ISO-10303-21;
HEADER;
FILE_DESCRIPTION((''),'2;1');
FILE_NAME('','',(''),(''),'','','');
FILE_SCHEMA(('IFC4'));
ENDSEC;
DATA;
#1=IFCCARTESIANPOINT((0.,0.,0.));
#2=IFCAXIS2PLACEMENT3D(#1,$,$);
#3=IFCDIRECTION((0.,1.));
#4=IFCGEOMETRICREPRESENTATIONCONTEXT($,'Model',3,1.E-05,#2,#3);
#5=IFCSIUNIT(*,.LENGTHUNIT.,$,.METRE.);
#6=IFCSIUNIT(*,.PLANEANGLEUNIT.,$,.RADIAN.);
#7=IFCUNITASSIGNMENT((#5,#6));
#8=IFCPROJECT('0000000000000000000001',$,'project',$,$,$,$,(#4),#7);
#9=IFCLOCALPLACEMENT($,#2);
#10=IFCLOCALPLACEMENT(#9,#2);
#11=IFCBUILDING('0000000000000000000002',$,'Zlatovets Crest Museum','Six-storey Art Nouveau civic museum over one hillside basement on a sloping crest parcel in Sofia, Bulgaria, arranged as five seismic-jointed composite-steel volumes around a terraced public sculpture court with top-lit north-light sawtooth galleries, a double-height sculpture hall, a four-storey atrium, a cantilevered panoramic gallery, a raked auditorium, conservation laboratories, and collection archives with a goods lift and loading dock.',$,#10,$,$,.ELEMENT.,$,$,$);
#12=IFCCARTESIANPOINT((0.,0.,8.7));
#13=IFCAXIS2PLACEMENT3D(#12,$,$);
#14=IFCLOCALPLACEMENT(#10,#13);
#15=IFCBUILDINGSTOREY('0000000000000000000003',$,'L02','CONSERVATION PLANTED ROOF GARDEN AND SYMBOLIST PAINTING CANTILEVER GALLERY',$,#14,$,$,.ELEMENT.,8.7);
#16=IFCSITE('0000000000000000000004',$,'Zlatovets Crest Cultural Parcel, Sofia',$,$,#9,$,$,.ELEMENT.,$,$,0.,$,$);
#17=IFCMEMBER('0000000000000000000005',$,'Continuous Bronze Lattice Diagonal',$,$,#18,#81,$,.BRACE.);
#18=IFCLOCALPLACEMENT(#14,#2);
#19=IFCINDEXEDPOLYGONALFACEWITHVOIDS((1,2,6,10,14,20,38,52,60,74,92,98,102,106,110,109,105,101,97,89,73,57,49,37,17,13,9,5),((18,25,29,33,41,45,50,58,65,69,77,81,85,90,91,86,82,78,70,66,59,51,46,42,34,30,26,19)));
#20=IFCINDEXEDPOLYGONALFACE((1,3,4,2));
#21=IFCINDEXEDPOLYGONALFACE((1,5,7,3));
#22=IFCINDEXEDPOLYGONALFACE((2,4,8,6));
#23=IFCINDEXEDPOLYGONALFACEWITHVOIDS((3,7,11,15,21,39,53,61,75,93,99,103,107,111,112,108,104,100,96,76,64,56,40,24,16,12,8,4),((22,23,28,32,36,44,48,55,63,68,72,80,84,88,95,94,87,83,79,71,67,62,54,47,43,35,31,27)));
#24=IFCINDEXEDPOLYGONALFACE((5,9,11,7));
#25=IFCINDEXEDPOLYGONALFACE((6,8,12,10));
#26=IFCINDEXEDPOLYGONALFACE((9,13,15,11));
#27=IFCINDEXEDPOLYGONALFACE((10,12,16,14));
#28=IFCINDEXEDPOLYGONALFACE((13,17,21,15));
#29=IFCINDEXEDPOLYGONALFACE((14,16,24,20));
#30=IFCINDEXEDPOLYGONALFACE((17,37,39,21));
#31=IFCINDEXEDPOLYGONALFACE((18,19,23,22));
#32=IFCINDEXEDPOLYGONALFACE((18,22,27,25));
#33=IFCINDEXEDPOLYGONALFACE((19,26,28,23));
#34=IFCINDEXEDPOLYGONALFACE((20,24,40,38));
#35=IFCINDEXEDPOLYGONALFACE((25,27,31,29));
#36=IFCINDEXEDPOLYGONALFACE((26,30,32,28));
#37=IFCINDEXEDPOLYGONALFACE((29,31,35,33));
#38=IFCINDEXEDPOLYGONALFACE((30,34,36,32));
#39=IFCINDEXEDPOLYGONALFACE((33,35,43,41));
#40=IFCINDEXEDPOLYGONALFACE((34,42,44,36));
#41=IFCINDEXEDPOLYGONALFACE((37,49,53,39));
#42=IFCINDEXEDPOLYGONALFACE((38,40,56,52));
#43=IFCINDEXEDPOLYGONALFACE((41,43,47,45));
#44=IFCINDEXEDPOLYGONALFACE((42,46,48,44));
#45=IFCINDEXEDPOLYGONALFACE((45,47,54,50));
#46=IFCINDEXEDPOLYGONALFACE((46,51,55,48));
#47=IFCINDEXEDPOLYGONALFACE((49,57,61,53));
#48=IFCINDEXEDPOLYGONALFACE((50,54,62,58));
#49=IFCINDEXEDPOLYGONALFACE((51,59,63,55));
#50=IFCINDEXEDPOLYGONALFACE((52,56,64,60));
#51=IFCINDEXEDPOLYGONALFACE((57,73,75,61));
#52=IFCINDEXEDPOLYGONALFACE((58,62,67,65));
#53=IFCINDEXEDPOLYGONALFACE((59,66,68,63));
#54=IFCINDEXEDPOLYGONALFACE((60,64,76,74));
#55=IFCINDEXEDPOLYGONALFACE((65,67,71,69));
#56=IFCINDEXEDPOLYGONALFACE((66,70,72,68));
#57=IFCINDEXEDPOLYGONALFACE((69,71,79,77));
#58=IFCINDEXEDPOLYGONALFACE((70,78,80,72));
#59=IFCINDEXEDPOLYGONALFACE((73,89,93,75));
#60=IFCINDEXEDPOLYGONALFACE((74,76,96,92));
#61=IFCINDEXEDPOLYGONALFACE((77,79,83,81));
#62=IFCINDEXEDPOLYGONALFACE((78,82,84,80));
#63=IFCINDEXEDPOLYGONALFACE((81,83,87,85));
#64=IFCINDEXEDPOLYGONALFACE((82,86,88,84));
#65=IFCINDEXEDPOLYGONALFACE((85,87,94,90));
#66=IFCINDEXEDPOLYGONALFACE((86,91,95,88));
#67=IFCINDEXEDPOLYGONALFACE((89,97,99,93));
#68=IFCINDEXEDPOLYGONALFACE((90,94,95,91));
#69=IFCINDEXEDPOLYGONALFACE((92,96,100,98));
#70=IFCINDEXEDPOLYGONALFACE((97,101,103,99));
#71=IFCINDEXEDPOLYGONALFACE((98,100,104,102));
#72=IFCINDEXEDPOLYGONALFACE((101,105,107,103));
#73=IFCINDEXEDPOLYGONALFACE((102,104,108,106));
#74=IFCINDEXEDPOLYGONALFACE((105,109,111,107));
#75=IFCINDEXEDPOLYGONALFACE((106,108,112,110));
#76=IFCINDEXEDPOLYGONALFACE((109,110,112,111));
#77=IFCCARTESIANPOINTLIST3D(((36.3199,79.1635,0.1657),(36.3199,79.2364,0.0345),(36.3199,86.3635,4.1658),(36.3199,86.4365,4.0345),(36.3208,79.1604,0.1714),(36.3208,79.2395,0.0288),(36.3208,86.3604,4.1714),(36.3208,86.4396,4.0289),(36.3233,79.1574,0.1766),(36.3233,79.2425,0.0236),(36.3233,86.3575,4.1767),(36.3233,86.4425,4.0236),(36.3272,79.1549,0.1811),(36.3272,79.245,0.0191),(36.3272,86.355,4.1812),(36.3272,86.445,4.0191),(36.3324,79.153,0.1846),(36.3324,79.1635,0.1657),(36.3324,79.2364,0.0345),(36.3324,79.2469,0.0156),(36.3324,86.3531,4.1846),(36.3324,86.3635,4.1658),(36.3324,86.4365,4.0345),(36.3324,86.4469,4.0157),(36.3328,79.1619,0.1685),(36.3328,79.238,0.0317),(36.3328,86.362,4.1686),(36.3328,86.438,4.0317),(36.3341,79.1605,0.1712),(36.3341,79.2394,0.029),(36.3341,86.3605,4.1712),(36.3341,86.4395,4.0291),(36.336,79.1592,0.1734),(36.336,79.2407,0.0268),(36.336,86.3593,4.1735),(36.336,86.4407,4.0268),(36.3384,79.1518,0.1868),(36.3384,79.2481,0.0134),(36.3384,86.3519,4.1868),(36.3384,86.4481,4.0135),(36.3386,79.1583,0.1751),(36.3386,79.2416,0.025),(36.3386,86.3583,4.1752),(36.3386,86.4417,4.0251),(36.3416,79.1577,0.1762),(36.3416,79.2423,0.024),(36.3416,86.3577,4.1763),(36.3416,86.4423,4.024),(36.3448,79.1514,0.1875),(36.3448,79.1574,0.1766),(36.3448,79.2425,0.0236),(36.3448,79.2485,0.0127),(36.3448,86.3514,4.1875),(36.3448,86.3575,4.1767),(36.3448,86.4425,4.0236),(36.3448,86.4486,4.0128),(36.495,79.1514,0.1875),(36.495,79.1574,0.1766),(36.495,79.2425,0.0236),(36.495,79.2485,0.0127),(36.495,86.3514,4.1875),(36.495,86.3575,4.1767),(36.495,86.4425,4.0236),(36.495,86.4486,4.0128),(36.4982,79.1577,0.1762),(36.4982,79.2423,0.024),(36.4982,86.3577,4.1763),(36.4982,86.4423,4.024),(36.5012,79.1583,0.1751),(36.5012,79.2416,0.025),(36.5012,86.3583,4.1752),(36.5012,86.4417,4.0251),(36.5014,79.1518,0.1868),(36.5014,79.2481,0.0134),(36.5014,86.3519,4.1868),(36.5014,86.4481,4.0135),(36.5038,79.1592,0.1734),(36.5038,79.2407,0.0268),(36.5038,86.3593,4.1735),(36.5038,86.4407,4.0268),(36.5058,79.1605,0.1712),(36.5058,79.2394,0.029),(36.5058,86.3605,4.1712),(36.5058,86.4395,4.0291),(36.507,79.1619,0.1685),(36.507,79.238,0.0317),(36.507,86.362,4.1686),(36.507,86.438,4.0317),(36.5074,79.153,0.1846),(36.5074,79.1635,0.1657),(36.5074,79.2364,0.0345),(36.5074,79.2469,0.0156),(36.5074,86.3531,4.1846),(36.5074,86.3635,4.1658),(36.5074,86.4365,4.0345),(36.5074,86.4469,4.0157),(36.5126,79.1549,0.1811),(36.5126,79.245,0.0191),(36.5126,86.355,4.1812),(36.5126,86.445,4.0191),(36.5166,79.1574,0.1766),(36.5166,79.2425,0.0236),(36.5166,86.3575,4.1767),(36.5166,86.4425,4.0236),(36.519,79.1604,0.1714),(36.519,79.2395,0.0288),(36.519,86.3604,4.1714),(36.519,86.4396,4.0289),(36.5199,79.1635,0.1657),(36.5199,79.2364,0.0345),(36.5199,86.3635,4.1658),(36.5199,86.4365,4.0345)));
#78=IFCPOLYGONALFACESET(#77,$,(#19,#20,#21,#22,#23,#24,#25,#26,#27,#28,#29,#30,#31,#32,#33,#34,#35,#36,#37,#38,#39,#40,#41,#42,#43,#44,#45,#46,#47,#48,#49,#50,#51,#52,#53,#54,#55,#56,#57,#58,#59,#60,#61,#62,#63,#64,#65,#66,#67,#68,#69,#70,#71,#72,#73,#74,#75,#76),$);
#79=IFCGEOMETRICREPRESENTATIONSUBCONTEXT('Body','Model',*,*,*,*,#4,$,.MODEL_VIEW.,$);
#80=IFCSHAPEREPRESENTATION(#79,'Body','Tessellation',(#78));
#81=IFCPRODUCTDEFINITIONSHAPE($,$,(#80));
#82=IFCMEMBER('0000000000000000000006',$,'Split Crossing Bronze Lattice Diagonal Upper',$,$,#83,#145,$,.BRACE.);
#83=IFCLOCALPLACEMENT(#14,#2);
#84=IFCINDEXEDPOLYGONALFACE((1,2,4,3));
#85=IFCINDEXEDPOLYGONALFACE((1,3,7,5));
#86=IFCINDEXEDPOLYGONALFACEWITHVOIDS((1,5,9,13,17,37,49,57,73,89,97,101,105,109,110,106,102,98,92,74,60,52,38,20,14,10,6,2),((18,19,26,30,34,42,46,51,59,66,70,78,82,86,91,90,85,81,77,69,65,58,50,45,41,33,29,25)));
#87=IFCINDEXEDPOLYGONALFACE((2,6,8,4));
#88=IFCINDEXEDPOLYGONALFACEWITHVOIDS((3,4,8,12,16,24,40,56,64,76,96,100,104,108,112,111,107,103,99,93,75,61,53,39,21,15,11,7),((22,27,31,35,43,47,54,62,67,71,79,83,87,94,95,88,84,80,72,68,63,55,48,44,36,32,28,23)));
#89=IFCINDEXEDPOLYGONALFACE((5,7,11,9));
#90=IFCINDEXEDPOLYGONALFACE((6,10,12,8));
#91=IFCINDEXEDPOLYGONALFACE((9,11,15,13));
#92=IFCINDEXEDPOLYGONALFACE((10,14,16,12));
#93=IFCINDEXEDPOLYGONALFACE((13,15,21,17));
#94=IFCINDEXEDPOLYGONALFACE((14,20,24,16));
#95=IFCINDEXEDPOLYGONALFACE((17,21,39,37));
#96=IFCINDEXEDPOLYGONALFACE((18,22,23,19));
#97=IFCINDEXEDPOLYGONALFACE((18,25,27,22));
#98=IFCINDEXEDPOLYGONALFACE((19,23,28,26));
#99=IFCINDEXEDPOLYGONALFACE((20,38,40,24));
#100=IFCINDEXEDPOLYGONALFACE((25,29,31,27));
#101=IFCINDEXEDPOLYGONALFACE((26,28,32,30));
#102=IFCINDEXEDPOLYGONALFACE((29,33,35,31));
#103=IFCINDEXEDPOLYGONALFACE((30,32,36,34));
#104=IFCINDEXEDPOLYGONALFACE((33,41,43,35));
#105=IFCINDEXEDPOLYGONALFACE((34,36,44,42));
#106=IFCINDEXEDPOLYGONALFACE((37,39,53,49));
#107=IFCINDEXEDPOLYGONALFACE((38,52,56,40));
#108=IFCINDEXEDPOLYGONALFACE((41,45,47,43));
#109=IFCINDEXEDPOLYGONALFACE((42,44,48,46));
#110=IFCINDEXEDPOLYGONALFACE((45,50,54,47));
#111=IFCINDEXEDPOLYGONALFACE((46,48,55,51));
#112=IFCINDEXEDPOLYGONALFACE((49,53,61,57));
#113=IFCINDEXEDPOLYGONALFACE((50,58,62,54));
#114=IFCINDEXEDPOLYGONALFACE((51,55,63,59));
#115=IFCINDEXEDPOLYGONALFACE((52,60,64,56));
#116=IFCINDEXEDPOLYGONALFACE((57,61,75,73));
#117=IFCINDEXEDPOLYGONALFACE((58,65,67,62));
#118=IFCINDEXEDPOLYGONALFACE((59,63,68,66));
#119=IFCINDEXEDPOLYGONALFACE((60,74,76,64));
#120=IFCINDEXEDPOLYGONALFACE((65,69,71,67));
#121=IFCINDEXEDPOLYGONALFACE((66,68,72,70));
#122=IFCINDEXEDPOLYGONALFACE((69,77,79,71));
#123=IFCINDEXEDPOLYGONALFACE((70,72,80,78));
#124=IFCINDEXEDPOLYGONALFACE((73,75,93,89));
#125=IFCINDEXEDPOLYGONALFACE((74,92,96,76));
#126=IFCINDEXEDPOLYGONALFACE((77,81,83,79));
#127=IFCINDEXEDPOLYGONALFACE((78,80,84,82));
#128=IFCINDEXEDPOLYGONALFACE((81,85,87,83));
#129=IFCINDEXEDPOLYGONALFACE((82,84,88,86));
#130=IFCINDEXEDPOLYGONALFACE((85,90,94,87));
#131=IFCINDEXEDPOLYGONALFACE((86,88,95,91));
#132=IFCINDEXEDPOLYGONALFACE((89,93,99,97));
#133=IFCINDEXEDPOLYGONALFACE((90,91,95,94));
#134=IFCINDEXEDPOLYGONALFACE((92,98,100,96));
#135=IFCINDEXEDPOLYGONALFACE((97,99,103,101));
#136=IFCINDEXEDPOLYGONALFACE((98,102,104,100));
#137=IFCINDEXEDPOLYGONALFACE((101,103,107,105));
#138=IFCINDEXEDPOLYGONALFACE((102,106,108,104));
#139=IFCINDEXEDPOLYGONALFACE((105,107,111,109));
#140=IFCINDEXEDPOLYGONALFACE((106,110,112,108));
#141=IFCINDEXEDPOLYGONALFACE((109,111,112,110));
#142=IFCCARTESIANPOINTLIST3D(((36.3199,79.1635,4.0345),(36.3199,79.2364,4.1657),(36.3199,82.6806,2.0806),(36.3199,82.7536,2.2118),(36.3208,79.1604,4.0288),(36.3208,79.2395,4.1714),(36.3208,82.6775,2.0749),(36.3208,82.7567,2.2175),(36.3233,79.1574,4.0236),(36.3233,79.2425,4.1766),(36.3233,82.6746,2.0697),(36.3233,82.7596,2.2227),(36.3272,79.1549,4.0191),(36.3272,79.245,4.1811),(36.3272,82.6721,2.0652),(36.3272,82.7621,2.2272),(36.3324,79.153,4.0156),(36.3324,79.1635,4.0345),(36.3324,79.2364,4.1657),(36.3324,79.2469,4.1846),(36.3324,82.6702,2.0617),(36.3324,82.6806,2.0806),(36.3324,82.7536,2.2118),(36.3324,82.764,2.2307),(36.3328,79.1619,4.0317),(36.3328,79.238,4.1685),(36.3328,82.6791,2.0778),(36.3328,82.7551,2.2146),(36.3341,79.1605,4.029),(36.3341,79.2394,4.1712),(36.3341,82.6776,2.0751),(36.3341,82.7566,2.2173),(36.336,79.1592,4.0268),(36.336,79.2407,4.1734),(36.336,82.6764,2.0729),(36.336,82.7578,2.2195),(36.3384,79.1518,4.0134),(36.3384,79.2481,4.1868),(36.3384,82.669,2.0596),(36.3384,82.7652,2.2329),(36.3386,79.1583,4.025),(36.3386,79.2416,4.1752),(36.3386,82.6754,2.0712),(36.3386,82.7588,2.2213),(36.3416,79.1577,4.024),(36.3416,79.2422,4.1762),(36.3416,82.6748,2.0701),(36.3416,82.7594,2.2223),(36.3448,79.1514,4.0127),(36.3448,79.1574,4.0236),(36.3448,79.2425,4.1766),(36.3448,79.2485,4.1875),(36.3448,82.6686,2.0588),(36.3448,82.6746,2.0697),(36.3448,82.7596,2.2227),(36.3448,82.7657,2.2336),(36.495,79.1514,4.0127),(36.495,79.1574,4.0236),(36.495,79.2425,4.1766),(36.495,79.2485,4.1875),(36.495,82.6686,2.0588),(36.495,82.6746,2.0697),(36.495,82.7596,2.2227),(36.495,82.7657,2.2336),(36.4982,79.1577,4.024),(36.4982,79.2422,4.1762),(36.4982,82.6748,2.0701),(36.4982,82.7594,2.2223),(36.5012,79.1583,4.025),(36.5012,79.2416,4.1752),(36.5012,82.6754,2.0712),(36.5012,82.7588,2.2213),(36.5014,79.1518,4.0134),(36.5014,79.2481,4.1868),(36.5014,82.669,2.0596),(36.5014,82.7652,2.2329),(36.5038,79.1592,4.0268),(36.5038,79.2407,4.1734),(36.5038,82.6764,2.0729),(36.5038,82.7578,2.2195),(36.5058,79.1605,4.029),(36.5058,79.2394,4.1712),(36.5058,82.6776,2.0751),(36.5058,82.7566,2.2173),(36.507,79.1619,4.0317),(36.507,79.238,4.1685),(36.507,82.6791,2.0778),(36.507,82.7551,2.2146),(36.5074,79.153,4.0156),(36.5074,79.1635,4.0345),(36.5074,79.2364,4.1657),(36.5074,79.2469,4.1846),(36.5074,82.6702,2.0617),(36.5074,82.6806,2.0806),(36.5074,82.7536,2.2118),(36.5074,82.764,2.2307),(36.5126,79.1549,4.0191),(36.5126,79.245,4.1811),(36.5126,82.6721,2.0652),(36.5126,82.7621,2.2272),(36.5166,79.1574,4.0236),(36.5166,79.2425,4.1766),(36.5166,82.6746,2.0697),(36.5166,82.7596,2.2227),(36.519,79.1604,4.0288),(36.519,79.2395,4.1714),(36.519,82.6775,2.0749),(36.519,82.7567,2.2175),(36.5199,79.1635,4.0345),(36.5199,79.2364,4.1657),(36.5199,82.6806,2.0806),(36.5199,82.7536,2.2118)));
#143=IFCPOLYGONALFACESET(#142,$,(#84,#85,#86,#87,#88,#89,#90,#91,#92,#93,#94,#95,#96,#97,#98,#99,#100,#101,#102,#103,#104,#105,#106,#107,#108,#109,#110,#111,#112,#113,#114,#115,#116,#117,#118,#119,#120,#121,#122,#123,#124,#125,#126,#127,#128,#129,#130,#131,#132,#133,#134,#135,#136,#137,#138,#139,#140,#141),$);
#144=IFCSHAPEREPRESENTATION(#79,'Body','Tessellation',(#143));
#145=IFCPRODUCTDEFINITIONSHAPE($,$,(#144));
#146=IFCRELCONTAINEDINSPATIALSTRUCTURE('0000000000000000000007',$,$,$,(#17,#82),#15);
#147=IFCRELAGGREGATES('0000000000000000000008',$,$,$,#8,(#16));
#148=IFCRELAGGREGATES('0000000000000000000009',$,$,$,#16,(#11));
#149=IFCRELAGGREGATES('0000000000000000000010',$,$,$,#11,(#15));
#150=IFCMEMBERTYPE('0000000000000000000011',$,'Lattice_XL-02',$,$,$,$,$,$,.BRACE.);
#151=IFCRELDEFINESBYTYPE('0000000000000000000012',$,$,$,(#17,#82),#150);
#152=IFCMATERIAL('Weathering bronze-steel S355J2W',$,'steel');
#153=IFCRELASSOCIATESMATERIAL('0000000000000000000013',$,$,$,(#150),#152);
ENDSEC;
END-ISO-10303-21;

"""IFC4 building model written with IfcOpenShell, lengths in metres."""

from ifc_helpers import new_model, si_unit, direction, frame, origin, origin_2d, place, context, subcontext, project, spatial, hollow_rectangle, extrude, material, material_profile, profile_set, type_object, element, save


model = new_model("IFC4")

# Units and contexts
model_context = context("Model", 3, precision=1e-05, world=origin(), true_north=direction((0.0, 1.0)))
body_context = subcontext(model_context, "Body", "Model", "MODEL_VIEW")
ifc_project = project(units=[si_unit("LENGTHUNIT", "METRE"), si_unit("PLANEANGLEUNIT", "RADIAN")], contexts=[model_context])

# Site, building, storey
site_placement = place(None, origin())
site = spatial("IfcSite", under=ifc_project, at=site_placement, Name="Zlatovets Crest Cultural Parcel, Sofia", CompositionType="ELEMENT", RefElevation=0.0)
building_placement = place(site_placement, origin())
building = spatial("IfcBuilding", under=site, at=building_placement, Name="Zlatovets Crest Museum", Description="Six-storey Art Nouveau civic museum over one hillside basement on a sloping crest parcel in Sofia, Bulgaria, arranged as five seismic-jointed composite-steel volumes around a terraced public sculpture court with top-lit north-light sawtooth galleries, a double-height sculpture hall, a four-storey atrium, a cantilevered panoramic gallery, a raked auditorium, conservation laboratories, and collection archives with a goods lift and loading dock.", CompositionType="ELEMENT")
storey_placement = place(building_placement, frame((0.0, 0.0, 8.7)))
storey = spatial("IfcBuildingStorey", under=building, at=storey_placement, Name="L02", Description="CONSERVATION PLANTED ROOF GARDEN AND SYMBOLIST PAINTING CANTILEVER GALLERY", CompositionType="ELEMENT", Elevation=8.7)

# Members
ifc_material_1 = material(Name="Weathering bronze-steel S355J2W", Category="steel")
ifc_material_profile_1 = material_profile(ifc_material_1, hollow_rectangle(XDim=0.2, YDim=0.2, WallThickness=0.0125, InnerFilletRadius=0.0125, OuterFilletRadius=0.0249, at=origin_2d()), Name="SHS 200x200x12.5")
ifc_profile_set_1 = profile_set([ifc_material_profile_1], Name="Weathering bronze-steel S355J2W")
member_type_1 = type_object("IfcMemberType", Name="Lattice_XL-02", PredefinedType="BRACE", material=ifc_profile_set_1)
member_1_placement = place(storey_placement, frame((36.4199, 79.2, 0.1001), z_axis=(0.0, 0.874156, 0.485645), x_axis=(-1.0, 0.0, 0.0)))
element("IfcMember", 1, at=member_1_placement, inside=storey, type_object=member_type_1, Name="Continuous Bronze Lattice Diagonal", PredefinedType="BRACE", context=body_context, shape_type="SweptSolid", body=[
    extrude(hollow_rectangle(XDim=0.2, YDim=0.2, WallThickness=0.0125, InnerFilletRadius=0.0125, OuterFilletRadius=0.0249, at=origin_2d()), origin(), (0.0, 0.0, 1.0), 8.2366),
])
member_2_placement = place(storey_placement, frame((36.4199, 79.2, 4.1001), z_axis=(0.0, 0.874166, -0.485627), x_axis=(-1.0, 0.0, 0.0)))
element("IfcMember", 2, at=member_2_placement, inside=storey, type_object=member_type_1, Name="Split Crossing Bronze Lattice Diagonal Upper", PredefinedType="BRACE", context=body_context, shape_type="SweptSolid", body=[
    extrude(hollow_rectangle(XDim=0.2, YDim=0.2, WallThickness=0.0125, InnerFilletRadius=0.0125, OuterFilletRadius=0.0249, at=origin_2d()), origin(), (0.0, 0.0, 1.0), 4.0234),
])

save(model, "model.ifc")
